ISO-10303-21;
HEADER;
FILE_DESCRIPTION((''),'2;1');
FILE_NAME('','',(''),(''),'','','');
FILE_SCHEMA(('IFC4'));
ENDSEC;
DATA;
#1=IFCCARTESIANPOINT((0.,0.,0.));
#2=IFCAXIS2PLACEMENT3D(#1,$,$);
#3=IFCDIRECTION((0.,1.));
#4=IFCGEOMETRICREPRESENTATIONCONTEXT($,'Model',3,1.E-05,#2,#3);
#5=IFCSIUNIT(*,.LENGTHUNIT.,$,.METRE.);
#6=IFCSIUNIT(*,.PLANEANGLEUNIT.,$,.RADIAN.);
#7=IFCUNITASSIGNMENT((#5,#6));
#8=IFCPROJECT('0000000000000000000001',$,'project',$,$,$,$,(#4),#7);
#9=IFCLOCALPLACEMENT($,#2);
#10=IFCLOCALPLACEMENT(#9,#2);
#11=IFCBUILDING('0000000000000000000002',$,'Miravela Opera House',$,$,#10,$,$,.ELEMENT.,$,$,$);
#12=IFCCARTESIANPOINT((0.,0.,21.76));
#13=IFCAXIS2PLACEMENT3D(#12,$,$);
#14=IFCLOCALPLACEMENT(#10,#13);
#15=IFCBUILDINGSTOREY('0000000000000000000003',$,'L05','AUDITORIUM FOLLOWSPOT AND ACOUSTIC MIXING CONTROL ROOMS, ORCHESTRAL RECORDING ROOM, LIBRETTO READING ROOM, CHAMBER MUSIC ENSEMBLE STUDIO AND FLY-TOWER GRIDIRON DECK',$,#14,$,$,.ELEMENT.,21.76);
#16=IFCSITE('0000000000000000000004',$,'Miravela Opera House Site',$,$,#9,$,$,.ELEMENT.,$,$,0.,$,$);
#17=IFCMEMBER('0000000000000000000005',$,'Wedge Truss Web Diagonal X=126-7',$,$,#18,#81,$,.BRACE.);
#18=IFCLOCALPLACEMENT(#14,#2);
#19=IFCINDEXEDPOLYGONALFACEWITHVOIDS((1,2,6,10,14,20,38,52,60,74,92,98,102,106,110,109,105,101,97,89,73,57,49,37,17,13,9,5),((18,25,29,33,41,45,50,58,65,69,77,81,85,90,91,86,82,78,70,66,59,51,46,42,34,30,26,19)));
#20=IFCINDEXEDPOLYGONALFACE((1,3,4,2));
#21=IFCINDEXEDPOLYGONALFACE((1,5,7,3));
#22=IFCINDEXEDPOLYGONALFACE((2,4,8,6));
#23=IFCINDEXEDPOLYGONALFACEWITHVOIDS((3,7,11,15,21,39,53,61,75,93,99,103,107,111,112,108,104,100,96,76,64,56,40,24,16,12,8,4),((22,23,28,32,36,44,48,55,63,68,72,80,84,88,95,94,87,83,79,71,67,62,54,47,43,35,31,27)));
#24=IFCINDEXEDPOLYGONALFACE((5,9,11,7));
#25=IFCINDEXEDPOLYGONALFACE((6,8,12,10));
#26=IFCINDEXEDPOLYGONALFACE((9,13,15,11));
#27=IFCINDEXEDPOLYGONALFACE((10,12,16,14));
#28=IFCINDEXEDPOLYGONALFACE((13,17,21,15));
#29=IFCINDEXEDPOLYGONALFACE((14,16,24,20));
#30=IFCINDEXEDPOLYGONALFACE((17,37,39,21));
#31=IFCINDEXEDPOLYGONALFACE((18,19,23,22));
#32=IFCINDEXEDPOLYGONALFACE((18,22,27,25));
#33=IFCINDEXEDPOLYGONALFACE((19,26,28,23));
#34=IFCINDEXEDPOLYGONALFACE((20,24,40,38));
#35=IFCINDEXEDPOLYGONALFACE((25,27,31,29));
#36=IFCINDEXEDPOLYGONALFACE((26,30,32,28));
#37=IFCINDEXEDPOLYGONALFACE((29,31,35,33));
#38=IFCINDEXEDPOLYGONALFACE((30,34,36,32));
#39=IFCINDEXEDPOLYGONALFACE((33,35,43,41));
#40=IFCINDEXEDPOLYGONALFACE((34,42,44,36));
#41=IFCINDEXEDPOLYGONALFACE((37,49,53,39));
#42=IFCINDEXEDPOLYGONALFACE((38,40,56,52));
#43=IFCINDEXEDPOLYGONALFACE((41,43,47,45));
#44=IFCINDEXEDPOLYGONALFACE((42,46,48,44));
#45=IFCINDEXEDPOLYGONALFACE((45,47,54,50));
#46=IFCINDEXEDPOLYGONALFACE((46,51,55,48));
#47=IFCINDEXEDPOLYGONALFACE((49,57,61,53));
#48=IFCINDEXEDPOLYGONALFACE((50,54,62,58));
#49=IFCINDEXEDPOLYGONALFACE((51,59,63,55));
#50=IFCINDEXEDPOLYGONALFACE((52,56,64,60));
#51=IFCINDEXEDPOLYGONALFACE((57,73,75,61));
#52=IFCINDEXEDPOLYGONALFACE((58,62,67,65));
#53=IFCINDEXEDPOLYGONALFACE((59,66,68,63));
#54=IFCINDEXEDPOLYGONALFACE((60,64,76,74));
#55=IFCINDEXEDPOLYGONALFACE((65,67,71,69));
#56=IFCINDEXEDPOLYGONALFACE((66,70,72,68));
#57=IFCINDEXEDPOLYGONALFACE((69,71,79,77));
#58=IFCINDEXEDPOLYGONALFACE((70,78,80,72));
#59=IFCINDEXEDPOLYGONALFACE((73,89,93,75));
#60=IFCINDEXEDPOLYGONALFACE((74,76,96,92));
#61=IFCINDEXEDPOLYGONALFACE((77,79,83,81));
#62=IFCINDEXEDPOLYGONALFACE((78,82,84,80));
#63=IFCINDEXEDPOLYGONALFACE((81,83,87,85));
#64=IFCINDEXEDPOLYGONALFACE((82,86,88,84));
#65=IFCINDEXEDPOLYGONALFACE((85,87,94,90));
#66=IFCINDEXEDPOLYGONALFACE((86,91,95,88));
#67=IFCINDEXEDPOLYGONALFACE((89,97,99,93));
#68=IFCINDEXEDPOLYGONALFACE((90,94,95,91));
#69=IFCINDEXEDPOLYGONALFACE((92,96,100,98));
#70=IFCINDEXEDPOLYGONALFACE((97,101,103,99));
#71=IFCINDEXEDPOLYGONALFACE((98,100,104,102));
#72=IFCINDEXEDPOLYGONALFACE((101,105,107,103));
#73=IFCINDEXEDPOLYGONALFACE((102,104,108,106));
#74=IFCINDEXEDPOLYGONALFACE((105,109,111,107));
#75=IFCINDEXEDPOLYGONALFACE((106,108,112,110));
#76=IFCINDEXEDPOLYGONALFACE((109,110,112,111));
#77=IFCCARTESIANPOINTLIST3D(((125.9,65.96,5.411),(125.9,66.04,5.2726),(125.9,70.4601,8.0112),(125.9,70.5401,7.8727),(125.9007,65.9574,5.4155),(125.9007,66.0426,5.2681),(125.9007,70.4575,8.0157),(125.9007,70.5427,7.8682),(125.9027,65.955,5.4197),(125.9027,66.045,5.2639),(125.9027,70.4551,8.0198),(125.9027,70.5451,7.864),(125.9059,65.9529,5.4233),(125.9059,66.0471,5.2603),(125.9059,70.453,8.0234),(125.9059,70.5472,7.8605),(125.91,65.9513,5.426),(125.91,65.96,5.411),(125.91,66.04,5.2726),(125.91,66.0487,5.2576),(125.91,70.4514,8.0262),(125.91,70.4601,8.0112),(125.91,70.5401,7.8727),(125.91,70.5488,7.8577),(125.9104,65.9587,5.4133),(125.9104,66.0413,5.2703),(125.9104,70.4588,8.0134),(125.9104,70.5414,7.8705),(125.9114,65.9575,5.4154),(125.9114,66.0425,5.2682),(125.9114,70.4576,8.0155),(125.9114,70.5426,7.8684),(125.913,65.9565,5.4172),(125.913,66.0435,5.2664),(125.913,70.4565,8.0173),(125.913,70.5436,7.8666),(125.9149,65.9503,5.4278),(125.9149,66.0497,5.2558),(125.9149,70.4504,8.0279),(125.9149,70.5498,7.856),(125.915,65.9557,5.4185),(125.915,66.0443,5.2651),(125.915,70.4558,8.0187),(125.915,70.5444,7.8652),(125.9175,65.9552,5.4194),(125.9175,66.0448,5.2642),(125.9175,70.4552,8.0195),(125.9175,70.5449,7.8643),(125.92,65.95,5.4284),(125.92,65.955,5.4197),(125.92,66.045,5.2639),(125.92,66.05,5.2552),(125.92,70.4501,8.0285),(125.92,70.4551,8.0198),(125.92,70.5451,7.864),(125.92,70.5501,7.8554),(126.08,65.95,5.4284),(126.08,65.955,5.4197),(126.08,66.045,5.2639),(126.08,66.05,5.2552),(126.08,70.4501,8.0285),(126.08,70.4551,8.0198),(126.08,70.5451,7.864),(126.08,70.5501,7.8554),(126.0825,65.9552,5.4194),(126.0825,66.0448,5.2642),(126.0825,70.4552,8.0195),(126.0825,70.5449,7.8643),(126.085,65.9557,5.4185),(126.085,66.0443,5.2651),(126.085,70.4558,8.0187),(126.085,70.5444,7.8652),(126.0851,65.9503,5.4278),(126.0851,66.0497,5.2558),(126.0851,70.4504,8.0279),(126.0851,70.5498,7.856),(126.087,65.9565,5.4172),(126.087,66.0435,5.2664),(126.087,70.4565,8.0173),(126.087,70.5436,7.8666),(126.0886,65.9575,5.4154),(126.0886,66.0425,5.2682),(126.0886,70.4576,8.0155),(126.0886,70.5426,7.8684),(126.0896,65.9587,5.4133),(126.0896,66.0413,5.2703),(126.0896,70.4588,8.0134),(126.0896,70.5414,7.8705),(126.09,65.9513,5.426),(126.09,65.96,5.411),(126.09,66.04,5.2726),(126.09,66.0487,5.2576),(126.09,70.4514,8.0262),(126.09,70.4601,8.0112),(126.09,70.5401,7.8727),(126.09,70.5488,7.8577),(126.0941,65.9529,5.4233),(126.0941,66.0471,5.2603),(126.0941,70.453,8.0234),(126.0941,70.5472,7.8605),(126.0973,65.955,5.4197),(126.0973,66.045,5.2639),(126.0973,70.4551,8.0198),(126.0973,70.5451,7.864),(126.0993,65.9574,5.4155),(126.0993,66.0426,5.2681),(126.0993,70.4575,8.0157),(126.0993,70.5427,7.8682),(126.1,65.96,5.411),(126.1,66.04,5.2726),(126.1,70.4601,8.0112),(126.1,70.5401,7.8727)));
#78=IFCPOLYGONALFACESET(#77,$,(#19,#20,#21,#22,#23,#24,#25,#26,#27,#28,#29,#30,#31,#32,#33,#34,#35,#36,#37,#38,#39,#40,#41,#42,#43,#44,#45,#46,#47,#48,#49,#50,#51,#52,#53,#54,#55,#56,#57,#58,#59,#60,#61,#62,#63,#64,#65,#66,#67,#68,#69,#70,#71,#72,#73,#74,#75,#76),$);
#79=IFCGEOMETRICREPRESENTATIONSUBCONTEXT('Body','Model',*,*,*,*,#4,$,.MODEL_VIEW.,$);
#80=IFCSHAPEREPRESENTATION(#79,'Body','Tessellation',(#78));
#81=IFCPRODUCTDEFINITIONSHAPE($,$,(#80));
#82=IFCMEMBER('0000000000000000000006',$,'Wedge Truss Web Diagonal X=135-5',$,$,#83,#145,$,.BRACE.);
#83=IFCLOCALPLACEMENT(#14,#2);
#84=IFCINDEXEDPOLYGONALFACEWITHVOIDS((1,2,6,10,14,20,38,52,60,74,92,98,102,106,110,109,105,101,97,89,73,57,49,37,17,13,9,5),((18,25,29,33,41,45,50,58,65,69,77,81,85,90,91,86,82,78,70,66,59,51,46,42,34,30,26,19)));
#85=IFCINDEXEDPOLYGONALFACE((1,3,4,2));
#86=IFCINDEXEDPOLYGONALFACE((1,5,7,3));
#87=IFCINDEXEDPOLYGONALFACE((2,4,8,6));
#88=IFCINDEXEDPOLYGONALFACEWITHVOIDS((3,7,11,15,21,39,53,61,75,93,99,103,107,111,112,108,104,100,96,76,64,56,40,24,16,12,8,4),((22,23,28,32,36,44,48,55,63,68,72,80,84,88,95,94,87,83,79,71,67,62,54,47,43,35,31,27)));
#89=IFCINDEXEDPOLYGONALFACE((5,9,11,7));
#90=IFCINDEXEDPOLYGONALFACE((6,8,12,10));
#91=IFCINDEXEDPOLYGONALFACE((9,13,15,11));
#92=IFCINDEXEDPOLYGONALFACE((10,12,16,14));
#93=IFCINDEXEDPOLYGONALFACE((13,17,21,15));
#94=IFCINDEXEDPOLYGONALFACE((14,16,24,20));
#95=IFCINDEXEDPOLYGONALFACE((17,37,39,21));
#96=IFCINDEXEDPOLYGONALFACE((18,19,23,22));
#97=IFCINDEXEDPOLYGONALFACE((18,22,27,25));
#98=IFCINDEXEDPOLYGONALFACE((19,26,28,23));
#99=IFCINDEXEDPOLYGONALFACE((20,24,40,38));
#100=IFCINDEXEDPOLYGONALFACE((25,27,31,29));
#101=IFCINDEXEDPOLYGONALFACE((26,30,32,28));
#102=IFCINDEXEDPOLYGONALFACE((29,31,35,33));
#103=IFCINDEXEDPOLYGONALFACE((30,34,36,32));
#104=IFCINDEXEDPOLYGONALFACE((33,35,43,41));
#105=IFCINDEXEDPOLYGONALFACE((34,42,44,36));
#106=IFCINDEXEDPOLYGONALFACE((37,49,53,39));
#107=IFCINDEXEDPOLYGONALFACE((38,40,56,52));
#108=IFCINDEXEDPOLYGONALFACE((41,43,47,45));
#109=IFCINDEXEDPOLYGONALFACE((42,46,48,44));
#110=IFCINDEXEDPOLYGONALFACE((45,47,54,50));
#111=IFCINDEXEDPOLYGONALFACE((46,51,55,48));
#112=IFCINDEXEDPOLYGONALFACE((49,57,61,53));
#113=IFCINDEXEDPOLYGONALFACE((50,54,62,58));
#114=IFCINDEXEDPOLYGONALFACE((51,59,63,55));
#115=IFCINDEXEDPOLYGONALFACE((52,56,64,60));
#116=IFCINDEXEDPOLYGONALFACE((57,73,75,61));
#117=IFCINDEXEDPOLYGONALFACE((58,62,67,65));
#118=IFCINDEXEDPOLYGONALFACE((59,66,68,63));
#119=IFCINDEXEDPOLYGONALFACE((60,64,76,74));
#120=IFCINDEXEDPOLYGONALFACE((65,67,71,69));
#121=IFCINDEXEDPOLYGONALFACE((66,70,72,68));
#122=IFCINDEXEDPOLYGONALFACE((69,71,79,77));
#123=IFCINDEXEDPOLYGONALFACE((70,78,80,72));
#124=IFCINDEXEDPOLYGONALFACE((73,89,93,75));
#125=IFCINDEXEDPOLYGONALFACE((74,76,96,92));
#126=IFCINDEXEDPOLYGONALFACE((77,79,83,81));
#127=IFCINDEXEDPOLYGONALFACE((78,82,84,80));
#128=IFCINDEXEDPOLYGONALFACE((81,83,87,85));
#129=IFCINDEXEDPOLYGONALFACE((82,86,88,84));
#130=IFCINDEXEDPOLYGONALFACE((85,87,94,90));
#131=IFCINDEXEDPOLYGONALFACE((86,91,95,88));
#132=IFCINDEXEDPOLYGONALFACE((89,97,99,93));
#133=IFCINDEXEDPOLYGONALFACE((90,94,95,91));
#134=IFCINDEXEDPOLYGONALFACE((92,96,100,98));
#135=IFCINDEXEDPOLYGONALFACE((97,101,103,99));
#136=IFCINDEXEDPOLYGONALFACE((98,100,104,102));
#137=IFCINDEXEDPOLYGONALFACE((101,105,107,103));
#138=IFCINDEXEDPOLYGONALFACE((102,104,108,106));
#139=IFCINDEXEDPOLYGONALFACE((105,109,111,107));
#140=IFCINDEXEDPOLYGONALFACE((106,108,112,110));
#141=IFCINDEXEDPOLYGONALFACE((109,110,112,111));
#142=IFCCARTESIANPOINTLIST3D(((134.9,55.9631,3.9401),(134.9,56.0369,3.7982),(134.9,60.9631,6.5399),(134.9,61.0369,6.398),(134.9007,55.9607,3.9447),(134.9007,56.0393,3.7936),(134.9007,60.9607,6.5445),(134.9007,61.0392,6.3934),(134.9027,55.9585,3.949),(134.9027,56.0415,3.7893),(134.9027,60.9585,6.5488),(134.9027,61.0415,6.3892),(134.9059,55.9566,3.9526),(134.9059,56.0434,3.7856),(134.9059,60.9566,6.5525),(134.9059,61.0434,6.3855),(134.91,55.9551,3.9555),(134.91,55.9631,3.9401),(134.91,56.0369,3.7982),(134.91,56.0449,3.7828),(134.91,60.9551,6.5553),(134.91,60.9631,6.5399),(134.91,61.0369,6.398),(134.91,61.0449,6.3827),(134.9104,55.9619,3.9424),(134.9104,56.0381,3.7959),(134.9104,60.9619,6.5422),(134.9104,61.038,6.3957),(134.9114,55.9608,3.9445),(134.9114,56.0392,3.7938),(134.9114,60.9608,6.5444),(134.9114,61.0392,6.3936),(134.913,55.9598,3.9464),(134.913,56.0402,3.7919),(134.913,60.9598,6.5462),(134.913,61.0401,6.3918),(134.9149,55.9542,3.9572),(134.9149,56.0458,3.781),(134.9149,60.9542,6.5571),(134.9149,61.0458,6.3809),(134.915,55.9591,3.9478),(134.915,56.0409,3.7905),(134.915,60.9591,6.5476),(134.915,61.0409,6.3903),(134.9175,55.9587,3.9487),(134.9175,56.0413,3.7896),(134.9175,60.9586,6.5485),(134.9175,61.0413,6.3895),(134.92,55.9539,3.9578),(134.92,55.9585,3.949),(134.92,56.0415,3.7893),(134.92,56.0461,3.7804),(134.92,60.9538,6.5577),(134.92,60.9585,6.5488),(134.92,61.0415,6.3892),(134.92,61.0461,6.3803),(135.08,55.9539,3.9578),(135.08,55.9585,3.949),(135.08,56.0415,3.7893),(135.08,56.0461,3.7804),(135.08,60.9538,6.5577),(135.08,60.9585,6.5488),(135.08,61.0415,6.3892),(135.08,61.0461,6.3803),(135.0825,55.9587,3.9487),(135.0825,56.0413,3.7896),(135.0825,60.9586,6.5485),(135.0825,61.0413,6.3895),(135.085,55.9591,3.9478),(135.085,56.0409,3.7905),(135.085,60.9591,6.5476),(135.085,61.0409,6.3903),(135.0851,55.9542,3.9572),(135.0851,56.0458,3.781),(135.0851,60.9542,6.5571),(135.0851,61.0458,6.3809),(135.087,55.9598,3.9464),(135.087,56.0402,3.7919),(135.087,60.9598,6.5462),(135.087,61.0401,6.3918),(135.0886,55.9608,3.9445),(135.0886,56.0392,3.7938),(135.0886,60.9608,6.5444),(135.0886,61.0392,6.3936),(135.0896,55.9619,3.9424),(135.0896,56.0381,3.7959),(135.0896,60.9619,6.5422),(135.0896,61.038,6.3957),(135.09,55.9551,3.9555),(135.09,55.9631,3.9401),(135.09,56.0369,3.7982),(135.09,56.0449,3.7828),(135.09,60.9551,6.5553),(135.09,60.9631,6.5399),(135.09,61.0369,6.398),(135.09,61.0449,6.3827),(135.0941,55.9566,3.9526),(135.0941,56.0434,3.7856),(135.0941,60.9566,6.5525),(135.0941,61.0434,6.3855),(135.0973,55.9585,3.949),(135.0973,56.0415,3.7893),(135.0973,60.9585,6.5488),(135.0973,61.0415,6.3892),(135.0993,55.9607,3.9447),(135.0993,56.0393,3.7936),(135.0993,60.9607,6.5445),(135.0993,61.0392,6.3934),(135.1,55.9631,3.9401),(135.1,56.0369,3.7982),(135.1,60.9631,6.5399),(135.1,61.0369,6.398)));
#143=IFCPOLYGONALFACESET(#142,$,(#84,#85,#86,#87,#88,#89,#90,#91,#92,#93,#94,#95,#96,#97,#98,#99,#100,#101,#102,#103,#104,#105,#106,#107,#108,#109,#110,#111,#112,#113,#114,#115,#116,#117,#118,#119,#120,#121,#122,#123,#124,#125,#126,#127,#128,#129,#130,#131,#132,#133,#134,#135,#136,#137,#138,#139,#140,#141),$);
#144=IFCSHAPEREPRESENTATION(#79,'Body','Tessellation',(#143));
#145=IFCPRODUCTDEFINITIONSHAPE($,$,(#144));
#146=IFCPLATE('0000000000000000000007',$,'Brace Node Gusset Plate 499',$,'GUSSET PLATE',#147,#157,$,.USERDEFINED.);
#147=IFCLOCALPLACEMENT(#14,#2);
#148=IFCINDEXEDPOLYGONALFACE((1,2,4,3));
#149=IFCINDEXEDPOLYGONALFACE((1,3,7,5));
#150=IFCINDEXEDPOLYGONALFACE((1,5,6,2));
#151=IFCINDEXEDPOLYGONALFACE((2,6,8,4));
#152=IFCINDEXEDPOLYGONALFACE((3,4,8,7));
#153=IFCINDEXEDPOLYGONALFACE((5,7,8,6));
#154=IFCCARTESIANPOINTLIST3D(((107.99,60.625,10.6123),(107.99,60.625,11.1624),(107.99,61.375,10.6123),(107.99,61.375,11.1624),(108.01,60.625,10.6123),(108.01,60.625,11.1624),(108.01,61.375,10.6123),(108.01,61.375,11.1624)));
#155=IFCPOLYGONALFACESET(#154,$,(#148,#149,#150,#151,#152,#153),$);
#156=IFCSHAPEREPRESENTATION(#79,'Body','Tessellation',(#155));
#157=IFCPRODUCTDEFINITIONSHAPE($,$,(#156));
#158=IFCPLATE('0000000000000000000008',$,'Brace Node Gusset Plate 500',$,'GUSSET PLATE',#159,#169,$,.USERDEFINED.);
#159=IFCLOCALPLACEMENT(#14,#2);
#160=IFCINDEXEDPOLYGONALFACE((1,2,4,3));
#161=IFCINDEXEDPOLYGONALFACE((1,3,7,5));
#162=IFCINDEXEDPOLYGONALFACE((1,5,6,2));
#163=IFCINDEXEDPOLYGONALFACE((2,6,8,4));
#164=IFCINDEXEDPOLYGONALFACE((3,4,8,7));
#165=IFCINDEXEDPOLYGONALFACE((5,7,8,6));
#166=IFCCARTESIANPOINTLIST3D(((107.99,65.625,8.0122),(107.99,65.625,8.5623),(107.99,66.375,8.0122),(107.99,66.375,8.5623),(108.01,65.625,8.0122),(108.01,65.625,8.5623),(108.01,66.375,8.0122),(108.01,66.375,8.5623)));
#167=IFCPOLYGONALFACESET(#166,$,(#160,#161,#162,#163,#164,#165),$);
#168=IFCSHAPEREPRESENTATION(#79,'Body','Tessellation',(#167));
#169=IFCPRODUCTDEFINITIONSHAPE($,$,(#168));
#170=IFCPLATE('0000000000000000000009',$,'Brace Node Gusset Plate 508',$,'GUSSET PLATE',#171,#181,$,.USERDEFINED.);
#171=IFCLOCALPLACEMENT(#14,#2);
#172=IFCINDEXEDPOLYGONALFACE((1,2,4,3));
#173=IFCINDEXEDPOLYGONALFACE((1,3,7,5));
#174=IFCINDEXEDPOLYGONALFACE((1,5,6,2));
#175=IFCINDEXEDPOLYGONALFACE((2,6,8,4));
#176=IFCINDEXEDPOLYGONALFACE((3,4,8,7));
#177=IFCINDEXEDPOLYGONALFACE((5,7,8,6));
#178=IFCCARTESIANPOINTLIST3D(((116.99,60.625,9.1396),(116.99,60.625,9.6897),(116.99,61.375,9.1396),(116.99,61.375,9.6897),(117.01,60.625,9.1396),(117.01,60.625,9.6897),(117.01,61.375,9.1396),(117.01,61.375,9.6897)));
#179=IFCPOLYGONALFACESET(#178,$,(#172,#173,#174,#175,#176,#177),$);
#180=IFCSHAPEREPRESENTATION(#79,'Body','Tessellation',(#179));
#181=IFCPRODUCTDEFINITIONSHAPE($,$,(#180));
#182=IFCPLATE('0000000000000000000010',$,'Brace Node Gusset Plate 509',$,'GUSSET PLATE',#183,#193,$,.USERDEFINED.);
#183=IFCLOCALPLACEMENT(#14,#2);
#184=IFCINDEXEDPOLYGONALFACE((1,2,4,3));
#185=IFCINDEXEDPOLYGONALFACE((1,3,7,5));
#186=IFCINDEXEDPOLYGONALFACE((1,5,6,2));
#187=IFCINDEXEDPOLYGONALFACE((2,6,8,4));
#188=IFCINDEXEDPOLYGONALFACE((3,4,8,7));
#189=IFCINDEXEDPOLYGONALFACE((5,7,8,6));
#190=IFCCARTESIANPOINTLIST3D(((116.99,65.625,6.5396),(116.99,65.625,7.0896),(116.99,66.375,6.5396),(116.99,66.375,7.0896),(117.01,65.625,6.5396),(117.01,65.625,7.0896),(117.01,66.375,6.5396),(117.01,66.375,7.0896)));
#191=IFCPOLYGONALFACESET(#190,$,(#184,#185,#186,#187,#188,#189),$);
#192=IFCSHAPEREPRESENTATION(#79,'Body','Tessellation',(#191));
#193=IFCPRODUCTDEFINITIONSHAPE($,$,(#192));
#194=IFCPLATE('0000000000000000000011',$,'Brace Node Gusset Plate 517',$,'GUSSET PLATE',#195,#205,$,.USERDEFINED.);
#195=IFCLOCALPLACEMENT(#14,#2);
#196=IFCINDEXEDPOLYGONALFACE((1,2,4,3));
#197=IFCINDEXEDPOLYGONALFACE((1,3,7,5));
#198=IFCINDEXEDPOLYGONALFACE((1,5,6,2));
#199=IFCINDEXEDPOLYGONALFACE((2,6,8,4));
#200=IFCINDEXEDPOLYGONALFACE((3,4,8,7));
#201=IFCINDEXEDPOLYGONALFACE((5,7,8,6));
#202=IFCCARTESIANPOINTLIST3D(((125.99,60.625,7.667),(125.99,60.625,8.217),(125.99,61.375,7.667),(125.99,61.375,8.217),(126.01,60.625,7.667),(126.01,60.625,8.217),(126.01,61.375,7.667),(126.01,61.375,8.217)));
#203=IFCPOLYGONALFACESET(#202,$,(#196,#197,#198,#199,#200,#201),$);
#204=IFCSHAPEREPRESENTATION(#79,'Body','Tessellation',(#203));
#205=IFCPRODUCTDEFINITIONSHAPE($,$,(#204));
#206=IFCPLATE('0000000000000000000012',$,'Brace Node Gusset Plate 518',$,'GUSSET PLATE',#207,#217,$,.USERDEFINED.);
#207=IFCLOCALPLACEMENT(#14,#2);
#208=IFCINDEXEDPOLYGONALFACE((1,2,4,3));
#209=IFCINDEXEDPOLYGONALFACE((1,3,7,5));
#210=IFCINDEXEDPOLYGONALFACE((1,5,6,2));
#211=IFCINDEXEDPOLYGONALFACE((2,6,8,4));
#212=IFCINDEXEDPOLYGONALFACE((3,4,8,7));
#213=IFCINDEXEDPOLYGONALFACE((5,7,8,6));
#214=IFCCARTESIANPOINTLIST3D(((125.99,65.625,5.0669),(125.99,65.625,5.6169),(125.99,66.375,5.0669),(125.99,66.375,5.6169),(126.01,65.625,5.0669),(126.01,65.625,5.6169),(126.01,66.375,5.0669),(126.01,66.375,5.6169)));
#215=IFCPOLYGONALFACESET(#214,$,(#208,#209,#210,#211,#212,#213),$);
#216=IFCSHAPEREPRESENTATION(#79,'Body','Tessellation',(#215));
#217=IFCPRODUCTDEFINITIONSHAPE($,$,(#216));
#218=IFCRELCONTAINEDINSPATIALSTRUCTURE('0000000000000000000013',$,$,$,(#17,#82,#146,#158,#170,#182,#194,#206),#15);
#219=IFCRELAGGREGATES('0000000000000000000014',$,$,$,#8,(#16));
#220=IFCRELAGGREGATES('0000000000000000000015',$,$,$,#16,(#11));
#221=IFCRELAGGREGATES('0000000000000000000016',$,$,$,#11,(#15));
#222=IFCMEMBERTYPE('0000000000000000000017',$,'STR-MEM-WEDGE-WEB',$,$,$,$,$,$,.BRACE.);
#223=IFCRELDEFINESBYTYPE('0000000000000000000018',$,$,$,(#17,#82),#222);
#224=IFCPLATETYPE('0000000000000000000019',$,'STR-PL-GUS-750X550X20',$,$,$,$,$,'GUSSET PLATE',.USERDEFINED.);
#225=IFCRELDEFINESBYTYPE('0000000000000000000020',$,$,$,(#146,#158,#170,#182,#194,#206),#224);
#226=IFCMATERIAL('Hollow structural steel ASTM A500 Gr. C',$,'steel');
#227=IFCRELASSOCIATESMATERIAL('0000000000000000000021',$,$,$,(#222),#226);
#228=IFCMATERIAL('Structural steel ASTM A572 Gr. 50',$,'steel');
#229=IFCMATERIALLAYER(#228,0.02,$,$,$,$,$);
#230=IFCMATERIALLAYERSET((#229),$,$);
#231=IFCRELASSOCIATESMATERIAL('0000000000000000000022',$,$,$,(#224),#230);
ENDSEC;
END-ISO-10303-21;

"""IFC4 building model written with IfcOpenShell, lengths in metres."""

from ifc_helpers import new_model, si_unit, direction, frame, origin, origin_2d, place, context, subcontext, project, spatial, rectangle, hollow_rectangle, extrude, material, layer, layer_set, material_profile, profile_set, type_object, element, save


model = new_model("IFC4")

# Units and contexts
model_context = context("Model", 3, precision=1e-05, world=origin(), true_north=direction((0.0, 1.0)))
body_context = subcontext(model_context, "Body", "Model", "MODEL_VIEW")
ifc_project = project(units=[si_unit("LENGTHUNIT", "METRE"), si_unit("PLANEANGLEUNIT", "RADIAN")], contexts=[model_context])

# Site, building, storey
site_placement = place(None, origin())
site = spatial("IfcSite", under=ifc_project, at=site_placement, Name="Miravela Opera House Site", CompositionType="ELEMENT", RefElevation=0.0)
building_placement = place(site_placement, origin())
building = spatial("IfcBuilding", under=site, at=building_placement, Name="Miravela Opera House", CompositionType="ELEMENT")
storey_placement = place(building_placement, frame((0.0, 0.0, 21.76)))
storey = spatial("IfcBuildingStorey", under=building, at=storey_placement, Name="L05", Description="AUDITORIUM FOLLOWSPOT AND ACOUSTIC MIXING CONTROL ROOMS, ORCHESTRAL RECORDING ROOM, LIBRETTO READING ROOM, CHAMBER MUSIC ENSEMBLE STUDIO AND FLY-TOWER GRIDIRON DECK", CompositionType="ELEMENT", Elevation=21.76)

# Members
ifc_material_1 = material(Name="Hollow structural steel ASTM A500 Gr. C", Category="steel")
ifc_material_profile_1 = material_profile(ifc_material_1, hollow_rectangle(XDim=0.2, YDim=0.2, WallThickness=0.01, InnerFilletRadius=0.01, OuterFilletRadius=0.02, at=origin_2d()), Name="HSS200X200X10")
ifc_profile_set_1 = profile_set([ifc_material_profile_1])
member_type_1 = type_object("IfcMemberType", Name="STR-MEM-WEDGE-WEB", PredefinedType="BRACE", material=ifc_profile_set_1)
member_1_placement = place(storey_placement, frame((126.0, 66.0, 5.3418), z_axis=(0.0, 0.865857, 0.500292), x_axis=(-1.0, 0.0, 0.0)))
element("IfcMember", 1, at=member_1_placement, inside=storey, type_object=member_type_1, Name="Wedge Truss Web Diagonal X=126-7", PredefinedType="BRACE", context=body_context, shape_type="SweptSolid", body=[
    extrude(hollow_rectangle(XDim=0.2, YDim=0.2, WallThickness=0.01, InnerFilletRadius=0.01, OuterFilletRadius=0.02, at=origin_2d()), origin(), (0.0, 0.0, 1.0), 5.1973),
])
member_2_placement = place(storey_placement, frame((135.0, 56.0, 3.8691), z_axis=(0.0, 0.887227, 0.461332), x_axis=(-1.0, 0.0, 0.0)))
element("IfcMember", 2, at=member_2_placement, inside=storey, type_object=member_type_1, Name="Wedge Truss Web Diagonal X=135-5", PredefinedType="BRACE", context=body_context, shape_type="SweptSolid", body=[
    extrude(hollow_rectangle(XDim=0.2, YDim=0.2, WallThickness=0.01, InnerFilletRadius=0.01, OuterFilletRadius=0.02, at=origin_2d()), origin(), (0.0, 0.0, 1.0), 5.6355),
])

# Plates
ifc_material_2 = material(Name="Structural steel ASTM A572 Gr. 50", Category="steel")
ifc_layer_1 = layer(ifc_material_2, 0.02)
ifc_layer_set_1 = layer_set([ifc_layer_1])
plate_type = type_object("IfcPlateType", Name="STR-PL-GUS-750X550X20", ElementType="GUSSET PLATE", PredefinedType="USERDEFINED", material=ifc_layer_set_1)
for number, where, z_axis, x_axis, name in (
    (3, (108.0, 61.0, 10.6123), (0.0, 0.0, 1.0), (0.0, 1.0, 0.0), "Brace Node Gusset Plate 499"),
    (4, (108.0, 66.0, 8.0122), (0.0, 0.0, 1.0), (0.0, 1.0, 0.0), "Brace Node Gusset Plate 500"),
    (5, (117.0, 61.0, 9.1396), (0.0, 0.0, 1.0), (0.0, 1.0, 0.0), "Brace Node Gusset Plate 508"),
    (6, (117.0, 66.0, 6.5396), (0.0, 0.0, 1.0), (0.0, 1.0, 0.0), "Brace Node Gusset Plate 509"),
    (7, (126.0, 61.0, 7.667), (0.0, 0.0, 1.0), (0.0, 1.0, 0.0), "Brace Node Gusset Plate 517"),
    (8, (126.0, 66.0, 5.0669), (0.0, 0.0, 1.0), (0.0, 1.0, 0.0), "Brace Node Gusset Plate 518"),
):
    element("IfcPlate", number, at=place(storey_placement, frame(where, z_axis=z_axis, x_axis=x_axis)), inside=storey, type_object=plate_type, Name=name, ObjectType="GUSSET PLATE", PredefinedType="USERDEFINED", context=body_context, shape_type="SweptSolid", body=[
        extrude(rectangle(XDim=0.75, YDim=0.02, at=origin_2d()), origin(), (0.0, 0.0, 1.0), 0.55),
    ])

save(model, "model.ifc")
